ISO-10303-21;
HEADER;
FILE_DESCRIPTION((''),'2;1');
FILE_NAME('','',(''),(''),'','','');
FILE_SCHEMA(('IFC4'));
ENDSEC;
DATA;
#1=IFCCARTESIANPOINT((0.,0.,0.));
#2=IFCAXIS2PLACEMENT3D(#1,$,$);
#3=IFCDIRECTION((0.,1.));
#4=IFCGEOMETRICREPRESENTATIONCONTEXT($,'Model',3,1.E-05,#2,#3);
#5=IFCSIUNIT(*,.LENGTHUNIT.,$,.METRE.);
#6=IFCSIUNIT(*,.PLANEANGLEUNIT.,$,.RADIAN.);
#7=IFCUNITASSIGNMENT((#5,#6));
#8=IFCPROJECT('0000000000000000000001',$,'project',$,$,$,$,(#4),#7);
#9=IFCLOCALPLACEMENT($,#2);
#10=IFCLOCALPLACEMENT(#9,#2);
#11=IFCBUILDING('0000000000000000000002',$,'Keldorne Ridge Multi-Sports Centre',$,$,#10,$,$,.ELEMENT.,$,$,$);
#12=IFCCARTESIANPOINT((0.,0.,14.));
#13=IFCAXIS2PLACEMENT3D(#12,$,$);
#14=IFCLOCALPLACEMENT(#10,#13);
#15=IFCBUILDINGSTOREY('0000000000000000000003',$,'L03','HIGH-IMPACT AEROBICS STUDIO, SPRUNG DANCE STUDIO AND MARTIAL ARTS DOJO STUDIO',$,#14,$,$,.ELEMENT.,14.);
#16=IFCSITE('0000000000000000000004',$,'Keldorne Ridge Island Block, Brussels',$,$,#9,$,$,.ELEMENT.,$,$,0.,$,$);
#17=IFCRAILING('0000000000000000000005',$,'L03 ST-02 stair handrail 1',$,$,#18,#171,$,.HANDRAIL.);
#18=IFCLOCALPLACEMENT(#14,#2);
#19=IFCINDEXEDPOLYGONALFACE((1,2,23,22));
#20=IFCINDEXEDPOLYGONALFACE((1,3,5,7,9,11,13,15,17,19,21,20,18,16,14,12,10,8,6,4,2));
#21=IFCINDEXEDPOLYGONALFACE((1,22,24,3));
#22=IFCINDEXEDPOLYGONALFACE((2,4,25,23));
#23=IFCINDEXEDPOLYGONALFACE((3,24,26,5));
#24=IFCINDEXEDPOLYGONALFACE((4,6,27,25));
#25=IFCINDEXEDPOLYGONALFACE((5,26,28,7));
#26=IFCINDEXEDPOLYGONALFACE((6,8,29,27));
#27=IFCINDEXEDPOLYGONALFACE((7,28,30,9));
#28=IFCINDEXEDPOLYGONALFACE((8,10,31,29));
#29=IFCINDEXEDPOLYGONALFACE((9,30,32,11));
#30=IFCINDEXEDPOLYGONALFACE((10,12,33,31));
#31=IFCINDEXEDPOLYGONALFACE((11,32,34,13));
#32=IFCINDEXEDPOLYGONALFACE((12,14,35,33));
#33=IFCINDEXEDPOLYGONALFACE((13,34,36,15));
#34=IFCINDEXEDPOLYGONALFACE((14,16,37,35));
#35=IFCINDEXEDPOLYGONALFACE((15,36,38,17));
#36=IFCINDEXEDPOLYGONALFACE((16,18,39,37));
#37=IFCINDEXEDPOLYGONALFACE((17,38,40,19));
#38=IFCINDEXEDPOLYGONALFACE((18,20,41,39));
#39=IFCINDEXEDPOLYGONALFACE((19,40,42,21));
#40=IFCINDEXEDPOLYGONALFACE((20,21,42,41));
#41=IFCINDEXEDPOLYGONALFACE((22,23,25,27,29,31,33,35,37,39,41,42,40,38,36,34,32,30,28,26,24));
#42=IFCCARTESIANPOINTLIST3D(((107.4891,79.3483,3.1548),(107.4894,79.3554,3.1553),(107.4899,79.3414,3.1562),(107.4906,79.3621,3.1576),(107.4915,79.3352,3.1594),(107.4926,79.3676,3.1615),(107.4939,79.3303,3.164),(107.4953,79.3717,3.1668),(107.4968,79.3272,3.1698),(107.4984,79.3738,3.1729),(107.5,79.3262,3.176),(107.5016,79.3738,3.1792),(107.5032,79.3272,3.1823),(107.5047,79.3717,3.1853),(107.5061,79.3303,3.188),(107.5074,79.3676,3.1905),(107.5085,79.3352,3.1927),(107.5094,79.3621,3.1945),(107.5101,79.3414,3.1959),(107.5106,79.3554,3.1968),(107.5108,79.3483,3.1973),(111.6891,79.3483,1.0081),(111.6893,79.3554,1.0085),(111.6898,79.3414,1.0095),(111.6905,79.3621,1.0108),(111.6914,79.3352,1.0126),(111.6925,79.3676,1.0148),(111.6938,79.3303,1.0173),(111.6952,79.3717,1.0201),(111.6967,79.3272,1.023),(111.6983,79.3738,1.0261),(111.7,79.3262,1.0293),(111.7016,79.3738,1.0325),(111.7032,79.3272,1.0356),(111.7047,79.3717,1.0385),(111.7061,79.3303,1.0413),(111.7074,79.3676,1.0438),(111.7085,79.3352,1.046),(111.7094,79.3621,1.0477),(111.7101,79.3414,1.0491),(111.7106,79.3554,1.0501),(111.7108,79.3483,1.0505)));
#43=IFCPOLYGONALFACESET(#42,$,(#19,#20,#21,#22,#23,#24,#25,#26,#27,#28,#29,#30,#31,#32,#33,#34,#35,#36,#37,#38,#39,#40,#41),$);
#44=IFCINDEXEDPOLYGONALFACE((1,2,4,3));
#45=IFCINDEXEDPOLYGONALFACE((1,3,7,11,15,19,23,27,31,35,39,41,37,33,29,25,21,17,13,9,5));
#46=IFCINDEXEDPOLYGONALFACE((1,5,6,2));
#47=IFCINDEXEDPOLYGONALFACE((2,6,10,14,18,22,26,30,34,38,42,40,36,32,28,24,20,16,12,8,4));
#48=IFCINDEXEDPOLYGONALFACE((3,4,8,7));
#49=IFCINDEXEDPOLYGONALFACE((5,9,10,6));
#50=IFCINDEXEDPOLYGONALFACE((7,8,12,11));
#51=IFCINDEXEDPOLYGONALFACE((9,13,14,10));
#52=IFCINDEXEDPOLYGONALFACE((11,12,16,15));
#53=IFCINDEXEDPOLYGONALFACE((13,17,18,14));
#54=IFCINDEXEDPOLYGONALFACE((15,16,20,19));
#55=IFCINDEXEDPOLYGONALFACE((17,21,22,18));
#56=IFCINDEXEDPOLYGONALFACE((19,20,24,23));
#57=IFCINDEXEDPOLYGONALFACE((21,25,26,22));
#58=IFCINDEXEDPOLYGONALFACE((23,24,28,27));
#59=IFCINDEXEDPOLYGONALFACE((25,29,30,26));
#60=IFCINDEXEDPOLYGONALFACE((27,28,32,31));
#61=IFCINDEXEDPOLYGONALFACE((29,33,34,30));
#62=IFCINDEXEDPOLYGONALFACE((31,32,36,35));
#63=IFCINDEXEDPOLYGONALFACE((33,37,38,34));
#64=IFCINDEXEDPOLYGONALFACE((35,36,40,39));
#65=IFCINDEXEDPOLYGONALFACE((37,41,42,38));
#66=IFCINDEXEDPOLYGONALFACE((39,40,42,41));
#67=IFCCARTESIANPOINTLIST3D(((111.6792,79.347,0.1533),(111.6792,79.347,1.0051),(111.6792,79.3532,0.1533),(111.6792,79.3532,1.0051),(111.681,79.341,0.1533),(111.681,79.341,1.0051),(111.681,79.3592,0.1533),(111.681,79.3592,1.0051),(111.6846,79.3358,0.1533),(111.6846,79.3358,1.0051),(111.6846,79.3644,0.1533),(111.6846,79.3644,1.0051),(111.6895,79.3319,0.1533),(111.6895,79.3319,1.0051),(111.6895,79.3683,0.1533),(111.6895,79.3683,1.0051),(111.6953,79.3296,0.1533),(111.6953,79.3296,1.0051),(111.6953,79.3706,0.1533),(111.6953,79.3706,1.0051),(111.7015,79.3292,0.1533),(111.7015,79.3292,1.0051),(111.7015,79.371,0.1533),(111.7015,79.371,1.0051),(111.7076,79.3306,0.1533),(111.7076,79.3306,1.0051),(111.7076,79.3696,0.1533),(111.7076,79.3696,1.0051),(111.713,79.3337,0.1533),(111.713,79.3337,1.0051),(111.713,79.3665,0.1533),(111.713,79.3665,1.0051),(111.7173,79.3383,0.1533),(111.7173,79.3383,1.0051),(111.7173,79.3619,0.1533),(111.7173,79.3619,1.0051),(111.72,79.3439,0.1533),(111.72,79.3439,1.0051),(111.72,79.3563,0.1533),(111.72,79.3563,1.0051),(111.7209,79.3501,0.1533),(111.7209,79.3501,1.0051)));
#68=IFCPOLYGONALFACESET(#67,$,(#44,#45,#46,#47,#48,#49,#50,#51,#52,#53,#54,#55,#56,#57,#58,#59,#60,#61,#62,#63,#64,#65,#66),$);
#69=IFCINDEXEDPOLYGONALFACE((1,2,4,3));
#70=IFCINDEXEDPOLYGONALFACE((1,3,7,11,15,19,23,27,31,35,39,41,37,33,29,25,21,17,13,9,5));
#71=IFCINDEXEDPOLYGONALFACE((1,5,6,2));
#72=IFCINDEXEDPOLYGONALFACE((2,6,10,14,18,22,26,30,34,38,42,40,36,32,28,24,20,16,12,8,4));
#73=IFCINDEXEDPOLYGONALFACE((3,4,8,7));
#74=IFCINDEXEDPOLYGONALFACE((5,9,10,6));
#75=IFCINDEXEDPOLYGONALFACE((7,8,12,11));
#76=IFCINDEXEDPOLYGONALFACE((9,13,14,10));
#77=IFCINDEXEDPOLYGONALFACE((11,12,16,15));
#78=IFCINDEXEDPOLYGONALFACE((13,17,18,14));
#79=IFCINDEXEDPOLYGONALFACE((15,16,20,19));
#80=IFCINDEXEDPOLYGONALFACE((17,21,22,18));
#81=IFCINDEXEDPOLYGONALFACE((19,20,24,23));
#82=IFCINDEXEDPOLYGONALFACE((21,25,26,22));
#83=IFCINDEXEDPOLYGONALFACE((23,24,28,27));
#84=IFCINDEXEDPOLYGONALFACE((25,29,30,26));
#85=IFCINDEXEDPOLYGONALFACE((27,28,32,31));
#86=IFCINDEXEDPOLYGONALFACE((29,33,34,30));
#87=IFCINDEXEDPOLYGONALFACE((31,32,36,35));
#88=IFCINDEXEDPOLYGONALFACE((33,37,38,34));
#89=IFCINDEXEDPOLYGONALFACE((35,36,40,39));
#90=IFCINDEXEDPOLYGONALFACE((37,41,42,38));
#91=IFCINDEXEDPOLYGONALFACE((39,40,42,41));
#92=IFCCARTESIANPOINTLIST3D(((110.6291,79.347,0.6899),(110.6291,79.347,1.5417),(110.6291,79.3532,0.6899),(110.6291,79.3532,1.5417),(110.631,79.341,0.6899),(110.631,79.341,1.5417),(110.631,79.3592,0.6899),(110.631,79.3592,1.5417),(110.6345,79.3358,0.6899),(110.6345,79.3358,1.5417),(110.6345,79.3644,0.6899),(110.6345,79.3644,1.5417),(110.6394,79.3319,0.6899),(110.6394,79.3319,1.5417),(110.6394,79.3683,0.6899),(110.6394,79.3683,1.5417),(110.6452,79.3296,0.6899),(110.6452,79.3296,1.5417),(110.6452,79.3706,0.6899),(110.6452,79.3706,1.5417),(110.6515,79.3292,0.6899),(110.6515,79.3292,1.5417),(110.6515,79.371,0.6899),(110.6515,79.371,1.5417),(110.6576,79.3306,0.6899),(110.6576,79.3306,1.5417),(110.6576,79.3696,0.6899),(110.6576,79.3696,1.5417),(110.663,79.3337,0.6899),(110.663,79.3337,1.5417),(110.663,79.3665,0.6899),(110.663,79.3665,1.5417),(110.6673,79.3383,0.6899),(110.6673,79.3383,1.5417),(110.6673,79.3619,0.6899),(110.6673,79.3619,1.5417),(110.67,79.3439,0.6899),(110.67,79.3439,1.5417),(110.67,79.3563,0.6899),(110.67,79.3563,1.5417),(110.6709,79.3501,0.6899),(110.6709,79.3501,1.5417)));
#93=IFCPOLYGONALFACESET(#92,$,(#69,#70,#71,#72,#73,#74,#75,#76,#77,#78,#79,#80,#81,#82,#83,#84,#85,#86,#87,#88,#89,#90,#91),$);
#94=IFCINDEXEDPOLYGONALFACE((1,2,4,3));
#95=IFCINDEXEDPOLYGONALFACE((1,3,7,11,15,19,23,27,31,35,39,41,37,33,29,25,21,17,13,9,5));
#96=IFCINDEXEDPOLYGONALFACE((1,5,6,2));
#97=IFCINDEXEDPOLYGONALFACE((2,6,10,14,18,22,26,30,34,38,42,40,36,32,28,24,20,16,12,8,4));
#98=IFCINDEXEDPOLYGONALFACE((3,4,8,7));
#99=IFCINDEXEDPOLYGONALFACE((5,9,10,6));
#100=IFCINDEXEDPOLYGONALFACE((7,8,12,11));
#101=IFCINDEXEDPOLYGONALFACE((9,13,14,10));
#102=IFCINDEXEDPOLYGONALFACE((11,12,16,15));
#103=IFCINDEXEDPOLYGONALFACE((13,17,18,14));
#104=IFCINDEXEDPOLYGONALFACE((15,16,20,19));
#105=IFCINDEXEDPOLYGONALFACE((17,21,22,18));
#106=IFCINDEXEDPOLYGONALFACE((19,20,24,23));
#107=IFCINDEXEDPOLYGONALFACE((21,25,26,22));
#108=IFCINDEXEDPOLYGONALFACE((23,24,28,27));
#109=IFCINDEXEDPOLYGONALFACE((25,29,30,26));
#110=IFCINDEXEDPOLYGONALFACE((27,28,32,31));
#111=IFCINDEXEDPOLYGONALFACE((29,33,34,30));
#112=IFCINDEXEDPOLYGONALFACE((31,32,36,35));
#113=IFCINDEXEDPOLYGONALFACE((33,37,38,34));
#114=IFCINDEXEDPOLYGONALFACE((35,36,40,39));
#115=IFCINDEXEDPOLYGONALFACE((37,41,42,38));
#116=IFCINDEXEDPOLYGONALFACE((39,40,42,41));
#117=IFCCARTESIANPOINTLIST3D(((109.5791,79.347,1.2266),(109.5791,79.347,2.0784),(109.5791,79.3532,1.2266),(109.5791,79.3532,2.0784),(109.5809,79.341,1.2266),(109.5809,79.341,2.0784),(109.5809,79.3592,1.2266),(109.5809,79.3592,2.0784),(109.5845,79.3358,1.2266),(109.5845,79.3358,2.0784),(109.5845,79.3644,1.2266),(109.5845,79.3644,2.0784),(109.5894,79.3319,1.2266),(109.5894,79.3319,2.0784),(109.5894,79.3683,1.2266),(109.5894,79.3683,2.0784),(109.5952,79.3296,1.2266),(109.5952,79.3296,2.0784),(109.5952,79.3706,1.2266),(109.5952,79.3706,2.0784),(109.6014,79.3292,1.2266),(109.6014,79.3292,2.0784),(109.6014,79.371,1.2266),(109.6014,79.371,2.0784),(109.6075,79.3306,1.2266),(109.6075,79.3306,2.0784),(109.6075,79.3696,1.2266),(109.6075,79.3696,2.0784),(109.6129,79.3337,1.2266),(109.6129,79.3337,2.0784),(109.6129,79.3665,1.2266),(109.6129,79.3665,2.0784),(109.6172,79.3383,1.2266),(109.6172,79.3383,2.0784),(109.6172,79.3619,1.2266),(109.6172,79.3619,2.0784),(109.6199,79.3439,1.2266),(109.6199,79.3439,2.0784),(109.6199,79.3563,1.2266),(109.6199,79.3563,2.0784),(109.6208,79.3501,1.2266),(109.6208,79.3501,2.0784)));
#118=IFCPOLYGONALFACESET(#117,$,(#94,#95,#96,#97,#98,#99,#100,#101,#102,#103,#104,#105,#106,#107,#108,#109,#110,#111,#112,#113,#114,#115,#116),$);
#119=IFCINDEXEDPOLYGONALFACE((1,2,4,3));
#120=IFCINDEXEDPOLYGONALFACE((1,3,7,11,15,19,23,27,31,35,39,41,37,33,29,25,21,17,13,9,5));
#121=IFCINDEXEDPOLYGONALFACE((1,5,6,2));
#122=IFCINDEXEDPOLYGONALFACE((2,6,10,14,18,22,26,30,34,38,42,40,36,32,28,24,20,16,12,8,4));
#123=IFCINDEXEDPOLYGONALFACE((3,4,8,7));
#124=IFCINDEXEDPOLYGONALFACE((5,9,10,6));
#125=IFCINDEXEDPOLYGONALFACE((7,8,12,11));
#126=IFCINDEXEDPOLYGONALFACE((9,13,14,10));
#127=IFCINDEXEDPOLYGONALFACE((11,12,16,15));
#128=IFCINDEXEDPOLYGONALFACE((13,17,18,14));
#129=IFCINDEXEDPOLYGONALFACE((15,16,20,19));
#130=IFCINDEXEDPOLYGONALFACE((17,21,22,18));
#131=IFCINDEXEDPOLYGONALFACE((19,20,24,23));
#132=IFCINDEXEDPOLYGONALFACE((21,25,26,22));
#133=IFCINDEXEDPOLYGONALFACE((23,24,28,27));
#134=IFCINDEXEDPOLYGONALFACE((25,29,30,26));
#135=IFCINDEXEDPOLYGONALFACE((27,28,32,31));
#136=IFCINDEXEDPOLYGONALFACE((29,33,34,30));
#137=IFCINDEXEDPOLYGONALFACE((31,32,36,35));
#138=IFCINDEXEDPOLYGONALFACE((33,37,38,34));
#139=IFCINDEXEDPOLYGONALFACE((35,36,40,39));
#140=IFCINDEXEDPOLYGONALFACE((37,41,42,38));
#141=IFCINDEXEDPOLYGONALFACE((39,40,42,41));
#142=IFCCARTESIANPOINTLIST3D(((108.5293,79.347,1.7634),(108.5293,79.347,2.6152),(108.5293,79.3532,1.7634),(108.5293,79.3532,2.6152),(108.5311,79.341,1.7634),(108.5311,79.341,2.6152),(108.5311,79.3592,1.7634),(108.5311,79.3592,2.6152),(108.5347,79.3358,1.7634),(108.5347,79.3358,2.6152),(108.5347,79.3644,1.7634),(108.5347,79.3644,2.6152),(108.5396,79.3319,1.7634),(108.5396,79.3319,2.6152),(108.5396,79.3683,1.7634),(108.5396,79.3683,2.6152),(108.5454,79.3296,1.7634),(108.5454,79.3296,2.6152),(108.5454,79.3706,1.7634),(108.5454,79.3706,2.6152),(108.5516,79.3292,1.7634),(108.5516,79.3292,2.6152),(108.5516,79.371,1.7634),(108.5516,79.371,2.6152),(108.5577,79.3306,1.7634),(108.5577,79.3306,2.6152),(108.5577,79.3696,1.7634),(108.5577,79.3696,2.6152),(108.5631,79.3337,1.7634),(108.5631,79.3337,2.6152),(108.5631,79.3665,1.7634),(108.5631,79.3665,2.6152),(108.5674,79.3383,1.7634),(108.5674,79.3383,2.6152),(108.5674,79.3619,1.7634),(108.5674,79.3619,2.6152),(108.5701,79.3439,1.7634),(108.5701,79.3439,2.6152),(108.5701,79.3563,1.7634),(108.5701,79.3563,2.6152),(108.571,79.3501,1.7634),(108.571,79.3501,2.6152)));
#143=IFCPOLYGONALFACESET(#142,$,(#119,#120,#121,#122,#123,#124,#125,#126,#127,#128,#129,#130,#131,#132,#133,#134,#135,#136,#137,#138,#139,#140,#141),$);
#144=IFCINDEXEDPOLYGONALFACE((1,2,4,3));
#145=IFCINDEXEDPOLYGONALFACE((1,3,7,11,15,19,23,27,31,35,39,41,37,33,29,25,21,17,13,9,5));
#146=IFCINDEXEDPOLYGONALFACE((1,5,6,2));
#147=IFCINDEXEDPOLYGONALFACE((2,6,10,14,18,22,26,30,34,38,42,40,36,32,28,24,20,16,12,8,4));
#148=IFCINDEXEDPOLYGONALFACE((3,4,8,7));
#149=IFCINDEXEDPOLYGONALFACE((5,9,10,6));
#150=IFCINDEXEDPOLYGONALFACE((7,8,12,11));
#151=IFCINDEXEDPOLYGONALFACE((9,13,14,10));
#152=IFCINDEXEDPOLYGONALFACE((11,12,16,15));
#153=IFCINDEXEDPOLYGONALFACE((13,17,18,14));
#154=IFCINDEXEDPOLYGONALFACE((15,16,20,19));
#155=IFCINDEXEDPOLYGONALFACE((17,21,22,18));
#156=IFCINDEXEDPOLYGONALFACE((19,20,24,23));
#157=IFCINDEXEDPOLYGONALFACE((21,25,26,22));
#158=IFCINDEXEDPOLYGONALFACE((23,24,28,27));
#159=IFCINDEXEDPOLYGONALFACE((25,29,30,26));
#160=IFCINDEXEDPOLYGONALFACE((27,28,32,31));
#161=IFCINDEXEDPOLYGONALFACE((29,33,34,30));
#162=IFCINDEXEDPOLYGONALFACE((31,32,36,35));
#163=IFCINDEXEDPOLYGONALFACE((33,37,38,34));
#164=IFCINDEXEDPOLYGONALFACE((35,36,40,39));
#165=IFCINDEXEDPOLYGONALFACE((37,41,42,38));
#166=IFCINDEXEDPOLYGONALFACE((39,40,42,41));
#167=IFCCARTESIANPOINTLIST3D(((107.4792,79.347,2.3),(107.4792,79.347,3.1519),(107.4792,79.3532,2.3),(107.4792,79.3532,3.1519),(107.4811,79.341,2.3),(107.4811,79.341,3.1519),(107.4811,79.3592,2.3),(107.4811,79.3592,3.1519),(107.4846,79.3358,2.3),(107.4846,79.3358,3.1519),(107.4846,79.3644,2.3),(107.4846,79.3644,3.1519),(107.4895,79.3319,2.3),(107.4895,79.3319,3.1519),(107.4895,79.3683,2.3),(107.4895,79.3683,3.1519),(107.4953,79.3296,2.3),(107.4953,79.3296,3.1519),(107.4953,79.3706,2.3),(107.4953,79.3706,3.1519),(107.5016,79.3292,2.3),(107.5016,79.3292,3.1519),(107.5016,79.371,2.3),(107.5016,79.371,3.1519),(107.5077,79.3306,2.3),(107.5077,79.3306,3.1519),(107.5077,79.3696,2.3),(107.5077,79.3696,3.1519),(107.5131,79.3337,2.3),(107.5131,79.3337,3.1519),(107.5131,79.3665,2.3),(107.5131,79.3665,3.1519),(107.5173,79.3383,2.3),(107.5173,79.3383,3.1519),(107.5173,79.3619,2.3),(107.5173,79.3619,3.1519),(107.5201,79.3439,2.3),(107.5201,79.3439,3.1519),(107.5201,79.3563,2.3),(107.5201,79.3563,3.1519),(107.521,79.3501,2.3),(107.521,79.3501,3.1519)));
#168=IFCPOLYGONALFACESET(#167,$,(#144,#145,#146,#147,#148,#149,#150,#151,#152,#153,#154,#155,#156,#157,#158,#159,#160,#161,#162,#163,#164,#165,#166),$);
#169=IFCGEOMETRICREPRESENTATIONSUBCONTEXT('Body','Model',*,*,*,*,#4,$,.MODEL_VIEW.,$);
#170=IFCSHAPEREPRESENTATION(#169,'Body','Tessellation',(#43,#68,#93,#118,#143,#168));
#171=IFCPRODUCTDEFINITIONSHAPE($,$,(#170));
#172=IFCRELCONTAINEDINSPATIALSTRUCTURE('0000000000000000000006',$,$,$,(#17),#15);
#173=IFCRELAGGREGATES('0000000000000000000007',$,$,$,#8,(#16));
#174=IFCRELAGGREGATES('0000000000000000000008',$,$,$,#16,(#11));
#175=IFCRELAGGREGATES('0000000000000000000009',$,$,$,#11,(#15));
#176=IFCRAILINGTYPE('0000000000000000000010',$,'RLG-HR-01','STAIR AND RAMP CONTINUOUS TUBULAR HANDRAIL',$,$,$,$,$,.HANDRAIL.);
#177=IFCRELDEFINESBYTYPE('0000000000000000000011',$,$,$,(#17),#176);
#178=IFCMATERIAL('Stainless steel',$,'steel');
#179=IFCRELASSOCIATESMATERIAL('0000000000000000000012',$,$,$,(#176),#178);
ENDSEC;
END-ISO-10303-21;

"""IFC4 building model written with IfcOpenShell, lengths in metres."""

from ifc_helpers import new_model, si_unit, direction, frame, origin, origin_2d, place, context, subcontext, project, spatial, circle, extrude, material, type_object, element, save


model = new_model("IFC4")

# Units and contexts
model_context = context("Model", 3, precision=1e-05, world=origin(), true_north=direction((0.0, 1.0)))
body_context = subcontext(model_context, "Body", "Model", "MODEL_VIEW")
ifc_project = project(units=[si_unit("LENGTHUNIT", "METRE"), si_unit("PLANEANGLEUNIT", "RADIAN")], contexts=[model_context])

# Site, building, storey
site_placement = place(None, origin())
site = spatial("IfcSite", under=ifc_project, at=site_placement, Name="Keldorne Ridge Island Block, Brussels", CompositionType="ELEMENT", RefElevation=0.0)
building_placement = place(site_placement, origin())
building = spatial("IfcBuilding", under=site, at=building_placement, Name="Keldorne Ridge Multi-Sports Centre", CompositionType="ELEMENT")
storey_placement = place(building_placement, frame((0.0, 0.0, 14.0)))
storey = spatial("IfcBuildingStorey", under=building, at=storey_placement, Name="L03", Description="HIGH-IMPACT AEROBICS STUDIO, SPRUNG DANCE STUDIO AND MARTIAL ARTS DOJO STUDIO", CompositionType="ELEMENT", Elevation=14.0)

# Railing
ifc_material_1 = material(Name="Stainless steel", Category="steel")
railing_type_1 = type_object("IfcRailingType", Name="RLG-HR-01", Description="STAIR AND RAMP CONTINUOUS TUBULAR HANDRAIL", PredefinedType="HANDRAIL", material=ifc_material_1)
railing_1_placement = place(storey_placement, frame((111.7, 79.3501, 0.1533)))
element("IfcRailing", 1, at=railing_1_placement, inside=storey, type_object=railing_type_1, Name="L03 ST-02 stair handrail 1", PredefinedType="HANDRAIL", context=body_context, shape_type="SweptSolid", body=[
    extrude(circle(Radius=0.0239, at=origin_2d()), frame((0.0, 0.0, 0.876), z_axis=(-0.890427, 0.0, 0.455126), x_axis=(0.0, -1.0, 0.0)), (0.0, 0.0, 1.0), 4.7168),
    extrude(circle(Radius=0.021, at=origin_2d()), origin(), (0.0, 0.0, 1.0), 0.8518),
    extrude(circle(Radius=0.021, at=origin_2d()), frame((-1.05, 0.0, 0.5366)), (0.0, 0.0, 1.0), 0.8518),
    extrude(circle(Radius=0.021, at=origin_2d()), frame((-2.1001, 0.0, 1.0732)), (0.0, 0.0, 1.0), 0.8518),
    extrude(circle(Radius=0.021, at=origin_2d()), frame((-3.1499, 0.0, 1.6101)), (0.0, 0.0, 1.0), 0.8518),
    extrude(circle(Radius=0.021, at=origin_2d()), frame((-4.2, 0.0, 2.1467)), (0.0, 0.0, 1.0), 0.8518),
])

save(model, "model.ifc")
